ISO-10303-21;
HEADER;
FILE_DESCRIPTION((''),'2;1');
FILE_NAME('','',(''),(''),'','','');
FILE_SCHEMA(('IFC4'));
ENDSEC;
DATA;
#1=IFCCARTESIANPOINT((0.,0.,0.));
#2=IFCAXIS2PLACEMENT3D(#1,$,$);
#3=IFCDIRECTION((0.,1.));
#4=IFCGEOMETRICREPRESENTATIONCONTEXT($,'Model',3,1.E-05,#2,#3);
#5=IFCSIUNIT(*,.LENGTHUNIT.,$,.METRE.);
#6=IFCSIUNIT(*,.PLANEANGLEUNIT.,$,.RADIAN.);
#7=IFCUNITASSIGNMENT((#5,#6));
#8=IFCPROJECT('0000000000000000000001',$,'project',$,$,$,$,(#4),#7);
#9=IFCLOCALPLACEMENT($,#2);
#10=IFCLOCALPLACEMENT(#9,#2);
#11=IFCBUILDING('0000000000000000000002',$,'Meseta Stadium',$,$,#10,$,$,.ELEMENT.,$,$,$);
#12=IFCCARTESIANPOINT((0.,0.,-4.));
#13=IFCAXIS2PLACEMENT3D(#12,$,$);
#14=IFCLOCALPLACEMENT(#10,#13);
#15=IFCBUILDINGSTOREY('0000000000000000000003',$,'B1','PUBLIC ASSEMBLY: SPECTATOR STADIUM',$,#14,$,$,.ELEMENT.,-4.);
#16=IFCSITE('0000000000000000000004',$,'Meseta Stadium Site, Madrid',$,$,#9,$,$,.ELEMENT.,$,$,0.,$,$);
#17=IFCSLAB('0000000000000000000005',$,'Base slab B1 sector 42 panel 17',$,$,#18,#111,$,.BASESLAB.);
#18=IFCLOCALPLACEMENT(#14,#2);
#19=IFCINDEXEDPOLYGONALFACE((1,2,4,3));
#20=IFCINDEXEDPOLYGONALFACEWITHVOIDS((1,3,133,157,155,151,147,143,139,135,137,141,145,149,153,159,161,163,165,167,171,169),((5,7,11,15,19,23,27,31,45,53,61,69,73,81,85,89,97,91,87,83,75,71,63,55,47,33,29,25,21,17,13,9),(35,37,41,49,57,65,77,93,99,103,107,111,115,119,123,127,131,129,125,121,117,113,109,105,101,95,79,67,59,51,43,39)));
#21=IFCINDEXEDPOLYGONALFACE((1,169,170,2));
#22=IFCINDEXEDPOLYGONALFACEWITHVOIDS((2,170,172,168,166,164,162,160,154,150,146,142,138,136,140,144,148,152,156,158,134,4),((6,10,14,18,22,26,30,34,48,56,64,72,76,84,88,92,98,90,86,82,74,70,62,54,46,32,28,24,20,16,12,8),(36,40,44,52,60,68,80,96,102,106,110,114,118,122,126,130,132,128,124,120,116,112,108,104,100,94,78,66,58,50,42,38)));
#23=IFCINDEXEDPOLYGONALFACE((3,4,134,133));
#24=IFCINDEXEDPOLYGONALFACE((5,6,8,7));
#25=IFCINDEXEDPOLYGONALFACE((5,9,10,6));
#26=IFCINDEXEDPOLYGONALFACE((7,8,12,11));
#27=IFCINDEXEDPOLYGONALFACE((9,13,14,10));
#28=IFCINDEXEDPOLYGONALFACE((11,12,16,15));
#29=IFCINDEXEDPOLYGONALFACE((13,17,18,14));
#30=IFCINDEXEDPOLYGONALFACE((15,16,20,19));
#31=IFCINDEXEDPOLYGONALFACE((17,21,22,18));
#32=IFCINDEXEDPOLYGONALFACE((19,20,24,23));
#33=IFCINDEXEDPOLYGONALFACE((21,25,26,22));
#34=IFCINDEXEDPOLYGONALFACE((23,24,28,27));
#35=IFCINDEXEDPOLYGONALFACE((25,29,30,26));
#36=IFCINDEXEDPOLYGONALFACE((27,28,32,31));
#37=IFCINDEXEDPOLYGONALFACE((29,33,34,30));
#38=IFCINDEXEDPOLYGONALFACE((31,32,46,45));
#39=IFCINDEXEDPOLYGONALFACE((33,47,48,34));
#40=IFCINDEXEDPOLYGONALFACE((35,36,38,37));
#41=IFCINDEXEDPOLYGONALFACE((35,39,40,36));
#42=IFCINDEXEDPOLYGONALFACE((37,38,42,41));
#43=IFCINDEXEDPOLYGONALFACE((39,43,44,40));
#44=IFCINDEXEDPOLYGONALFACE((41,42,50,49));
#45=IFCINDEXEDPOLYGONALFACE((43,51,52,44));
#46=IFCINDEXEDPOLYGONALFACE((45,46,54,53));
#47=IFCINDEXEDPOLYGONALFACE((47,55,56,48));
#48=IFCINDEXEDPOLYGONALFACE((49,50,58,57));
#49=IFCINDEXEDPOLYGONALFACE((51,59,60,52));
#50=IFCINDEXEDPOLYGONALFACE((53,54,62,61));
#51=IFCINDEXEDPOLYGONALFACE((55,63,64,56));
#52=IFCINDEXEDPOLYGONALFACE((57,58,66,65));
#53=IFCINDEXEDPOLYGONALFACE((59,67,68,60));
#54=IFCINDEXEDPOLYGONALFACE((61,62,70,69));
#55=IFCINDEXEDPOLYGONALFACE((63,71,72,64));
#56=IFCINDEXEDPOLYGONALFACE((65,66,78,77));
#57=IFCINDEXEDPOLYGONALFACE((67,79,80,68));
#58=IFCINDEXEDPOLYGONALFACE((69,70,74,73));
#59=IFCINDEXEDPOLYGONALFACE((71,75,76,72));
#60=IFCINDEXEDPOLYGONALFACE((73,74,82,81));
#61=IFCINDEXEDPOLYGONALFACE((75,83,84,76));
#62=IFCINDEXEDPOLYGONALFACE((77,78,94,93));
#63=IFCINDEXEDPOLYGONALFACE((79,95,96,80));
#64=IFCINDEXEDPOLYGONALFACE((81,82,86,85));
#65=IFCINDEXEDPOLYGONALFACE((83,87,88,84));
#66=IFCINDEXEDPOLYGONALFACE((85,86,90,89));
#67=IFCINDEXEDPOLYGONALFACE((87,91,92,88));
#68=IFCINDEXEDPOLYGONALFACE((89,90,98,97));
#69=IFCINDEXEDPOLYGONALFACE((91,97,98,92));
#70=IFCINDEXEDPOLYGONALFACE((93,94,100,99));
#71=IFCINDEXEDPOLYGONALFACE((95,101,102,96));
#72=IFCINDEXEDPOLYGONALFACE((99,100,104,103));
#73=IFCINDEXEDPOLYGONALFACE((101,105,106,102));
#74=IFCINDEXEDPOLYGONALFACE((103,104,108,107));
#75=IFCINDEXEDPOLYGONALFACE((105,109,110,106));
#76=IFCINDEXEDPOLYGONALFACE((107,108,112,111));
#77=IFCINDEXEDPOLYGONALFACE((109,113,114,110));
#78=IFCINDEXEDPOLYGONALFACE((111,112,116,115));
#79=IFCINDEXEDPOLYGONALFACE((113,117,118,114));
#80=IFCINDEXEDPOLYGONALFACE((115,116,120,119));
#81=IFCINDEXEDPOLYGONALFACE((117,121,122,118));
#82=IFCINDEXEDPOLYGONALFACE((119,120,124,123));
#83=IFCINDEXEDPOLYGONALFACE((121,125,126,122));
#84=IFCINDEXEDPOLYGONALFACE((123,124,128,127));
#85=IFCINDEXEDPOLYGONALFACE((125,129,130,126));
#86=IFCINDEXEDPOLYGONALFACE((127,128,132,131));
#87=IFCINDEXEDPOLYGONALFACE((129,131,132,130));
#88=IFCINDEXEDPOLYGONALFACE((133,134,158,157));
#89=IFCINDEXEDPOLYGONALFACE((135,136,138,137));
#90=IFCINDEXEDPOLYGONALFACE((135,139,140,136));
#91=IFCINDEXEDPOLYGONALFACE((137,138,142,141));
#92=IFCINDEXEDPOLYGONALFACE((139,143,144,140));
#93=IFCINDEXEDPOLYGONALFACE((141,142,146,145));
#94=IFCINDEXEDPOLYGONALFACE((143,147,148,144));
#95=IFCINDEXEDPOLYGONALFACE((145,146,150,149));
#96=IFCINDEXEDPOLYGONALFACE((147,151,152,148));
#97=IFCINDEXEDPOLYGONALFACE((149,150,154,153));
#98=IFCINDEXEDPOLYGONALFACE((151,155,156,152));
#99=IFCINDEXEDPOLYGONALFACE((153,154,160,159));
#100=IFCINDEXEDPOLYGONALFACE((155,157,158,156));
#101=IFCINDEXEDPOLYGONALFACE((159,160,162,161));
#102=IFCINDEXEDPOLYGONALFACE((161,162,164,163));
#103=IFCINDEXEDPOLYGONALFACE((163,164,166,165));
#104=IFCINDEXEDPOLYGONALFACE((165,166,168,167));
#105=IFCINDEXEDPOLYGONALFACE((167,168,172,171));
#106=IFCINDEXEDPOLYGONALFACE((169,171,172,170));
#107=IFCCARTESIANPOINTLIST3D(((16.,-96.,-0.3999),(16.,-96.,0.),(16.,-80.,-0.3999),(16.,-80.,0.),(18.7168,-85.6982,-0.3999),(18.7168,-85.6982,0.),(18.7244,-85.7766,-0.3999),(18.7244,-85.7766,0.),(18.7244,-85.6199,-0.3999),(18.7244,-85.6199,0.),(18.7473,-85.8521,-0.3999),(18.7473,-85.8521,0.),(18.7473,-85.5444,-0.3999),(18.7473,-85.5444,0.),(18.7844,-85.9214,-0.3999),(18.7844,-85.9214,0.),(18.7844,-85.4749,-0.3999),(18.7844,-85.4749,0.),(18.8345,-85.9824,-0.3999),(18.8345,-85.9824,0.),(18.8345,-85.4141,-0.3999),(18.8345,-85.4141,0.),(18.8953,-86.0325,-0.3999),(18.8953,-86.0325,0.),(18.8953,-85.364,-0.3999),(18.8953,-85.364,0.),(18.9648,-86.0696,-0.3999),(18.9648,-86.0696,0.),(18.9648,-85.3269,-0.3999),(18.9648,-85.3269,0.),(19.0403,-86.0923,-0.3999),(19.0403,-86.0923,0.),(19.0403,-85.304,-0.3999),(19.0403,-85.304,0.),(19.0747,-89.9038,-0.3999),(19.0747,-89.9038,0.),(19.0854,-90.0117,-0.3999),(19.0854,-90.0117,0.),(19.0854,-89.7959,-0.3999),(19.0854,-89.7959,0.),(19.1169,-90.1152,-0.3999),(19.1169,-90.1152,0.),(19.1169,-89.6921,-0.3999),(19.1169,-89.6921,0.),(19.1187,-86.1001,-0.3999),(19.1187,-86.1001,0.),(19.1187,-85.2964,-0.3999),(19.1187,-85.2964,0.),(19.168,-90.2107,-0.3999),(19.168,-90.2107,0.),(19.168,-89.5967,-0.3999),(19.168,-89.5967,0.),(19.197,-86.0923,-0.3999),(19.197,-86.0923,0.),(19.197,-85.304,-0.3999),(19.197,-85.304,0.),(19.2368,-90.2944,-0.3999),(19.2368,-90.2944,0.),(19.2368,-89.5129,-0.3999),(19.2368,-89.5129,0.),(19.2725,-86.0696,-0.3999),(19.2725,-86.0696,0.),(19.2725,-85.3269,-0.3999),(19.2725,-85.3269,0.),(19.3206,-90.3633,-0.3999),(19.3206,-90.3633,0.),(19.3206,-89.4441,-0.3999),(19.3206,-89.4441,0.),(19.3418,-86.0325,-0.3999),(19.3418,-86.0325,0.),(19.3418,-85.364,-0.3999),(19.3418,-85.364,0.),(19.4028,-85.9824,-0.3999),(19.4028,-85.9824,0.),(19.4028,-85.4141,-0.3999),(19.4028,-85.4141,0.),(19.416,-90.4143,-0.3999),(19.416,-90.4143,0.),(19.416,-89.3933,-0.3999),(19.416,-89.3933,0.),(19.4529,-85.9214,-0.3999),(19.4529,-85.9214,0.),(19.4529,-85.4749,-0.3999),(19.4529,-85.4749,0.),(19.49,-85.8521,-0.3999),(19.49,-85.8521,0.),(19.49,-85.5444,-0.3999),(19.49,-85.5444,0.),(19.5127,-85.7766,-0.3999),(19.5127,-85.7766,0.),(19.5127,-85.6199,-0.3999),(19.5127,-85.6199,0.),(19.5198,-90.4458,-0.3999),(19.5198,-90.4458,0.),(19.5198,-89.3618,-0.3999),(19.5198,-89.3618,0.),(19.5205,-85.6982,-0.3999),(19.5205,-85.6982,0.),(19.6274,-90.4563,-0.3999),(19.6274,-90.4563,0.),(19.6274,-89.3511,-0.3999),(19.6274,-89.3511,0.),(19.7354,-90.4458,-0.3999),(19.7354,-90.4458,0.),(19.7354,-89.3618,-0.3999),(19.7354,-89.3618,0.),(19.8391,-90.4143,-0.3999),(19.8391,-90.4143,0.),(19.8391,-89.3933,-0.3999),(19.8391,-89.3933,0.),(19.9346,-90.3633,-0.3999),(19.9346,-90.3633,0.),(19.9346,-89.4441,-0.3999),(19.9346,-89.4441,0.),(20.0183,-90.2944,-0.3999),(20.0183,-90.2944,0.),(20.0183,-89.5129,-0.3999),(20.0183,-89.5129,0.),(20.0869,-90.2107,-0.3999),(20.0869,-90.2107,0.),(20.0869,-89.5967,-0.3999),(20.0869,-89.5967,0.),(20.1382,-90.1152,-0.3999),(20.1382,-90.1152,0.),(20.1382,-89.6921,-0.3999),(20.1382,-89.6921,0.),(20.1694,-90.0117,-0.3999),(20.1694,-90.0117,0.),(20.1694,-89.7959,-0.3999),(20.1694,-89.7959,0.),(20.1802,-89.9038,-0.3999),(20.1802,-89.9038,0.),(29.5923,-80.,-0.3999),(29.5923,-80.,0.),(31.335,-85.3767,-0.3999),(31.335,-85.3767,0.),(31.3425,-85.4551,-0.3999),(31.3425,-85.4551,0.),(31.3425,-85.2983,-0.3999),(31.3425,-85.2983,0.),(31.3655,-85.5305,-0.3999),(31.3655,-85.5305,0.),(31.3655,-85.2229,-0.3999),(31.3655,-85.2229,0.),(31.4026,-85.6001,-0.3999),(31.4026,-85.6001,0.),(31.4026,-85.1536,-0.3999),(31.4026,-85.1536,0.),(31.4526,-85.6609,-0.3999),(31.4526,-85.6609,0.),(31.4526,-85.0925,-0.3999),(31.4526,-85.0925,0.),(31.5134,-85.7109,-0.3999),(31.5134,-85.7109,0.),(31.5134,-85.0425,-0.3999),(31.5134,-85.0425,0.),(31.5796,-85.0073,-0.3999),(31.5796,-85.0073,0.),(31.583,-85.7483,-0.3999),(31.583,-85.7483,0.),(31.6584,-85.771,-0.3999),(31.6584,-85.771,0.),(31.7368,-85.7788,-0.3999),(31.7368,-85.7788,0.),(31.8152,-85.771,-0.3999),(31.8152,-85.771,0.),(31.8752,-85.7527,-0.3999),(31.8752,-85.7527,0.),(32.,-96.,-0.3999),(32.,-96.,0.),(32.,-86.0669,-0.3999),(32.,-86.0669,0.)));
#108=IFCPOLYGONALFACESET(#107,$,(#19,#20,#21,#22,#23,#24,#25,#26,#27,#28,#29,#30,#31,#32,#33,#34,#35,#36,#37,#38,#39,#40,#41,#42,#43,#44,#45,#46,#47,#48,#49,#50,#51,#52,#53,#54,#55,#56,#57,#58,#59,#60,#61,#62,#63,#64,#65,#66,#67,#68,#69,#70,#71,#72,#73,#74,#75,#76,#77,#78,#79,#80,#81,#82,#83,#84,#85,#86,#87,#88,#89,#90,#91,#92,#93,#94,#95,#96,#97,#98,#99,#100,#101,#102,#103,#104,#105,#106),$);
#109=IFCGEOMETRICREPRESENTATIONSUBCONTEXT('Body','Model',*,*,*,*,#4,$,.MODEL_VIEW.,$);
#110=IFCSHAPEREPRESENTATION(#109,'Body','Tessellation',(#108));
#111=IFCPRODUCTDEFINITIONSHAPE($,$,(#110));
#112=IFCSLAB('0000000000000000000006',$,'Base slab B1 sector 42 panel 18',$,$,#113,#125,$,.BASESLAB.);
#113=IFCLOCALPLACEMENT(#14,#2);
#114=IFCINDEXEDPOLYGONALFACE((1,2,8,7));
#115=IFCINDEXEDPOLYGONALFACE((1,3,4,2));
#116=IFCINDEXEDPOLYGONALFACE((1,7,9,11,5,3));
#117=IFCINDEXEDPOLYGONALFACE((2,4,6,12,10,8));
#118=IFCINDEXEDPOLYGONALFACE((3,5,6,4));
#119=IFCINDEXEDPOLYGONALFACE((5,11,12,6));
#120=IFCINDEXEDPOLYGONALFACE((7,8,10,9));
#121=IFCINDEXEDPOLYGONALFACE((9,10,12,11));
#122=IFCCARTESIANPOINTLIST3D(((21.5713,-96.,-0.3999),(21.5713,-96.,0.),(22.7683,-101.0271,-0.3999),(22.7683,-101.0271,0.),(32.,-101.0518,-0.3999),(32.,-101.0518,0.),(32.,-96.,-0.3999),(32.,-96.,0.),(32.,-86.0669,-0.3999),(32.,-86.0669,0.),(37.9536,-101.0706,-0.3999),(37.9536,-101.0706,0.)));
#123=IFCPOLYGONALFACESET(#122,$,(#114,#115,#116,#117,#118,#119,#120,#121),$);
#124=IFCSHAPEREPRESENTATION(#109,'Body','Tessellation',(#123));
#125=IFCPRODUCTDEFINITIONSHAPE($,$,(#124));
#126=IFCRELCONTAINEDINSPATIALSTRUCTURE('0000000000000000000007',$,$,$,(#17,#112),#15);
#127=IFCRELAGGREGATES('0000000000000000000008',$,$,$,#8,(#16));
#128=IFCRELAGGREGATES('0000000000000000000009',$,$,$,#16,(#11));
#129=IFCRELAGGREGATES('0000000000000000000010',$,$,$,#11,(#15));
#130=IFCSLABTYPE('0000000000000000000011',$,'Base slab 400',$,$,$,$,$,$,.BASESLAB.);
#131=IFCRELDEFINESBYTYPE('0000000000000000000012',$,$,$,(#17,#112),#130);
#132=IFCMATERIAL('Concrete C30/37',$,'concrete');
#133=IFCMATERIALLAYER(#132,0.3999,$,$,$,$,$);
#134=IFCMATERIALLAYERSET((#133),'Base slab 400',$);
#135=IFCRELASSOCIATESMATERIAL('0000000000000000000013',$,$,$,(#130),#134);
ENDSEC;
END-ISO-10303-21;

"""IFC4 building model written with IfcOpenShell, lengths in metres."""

from ifc_helpers import new_model, si_unit, direction, frame, origin, place, context, subcontext, project, spatial, polyline, outline, extrude, material, layer, layer_set, type_object, element, save


model = new_model("IFC4")

# Units and contexts
model_context = context("Model", 3, precision=1e-05, world=origin(), true_north=direction((0.0, 1.0)))
body_context = subcontext(model_context, "Body", "Model", "MODEL_VIEW")
ifc_project = project(units=[si_unit("LENGTHUNIT", "METRE"), si_unit("PLANEANGLEUNIT", "RADIAN")], contexts=[model_context])

# Site, building, storey
site_placement = place(None, origin())
site = spatial("IfcSite", under=ifc_project, at=site_placement, Name="Meseta Stadium Site, Madrid", CompositionType="ELEMENT", RefElevation=0.0)
building_placement = place(site_placement, origin())
building = spatial("IfcBuilding", under=site, at=building_placement, Name="Meseta Stadium", CompositionType="ELEMENT")
storey_placement = place(building_placement, frame((0.0, 0.0, -4.0)))
storey = spatial("IfcBuildingStorey", under=building, at=storey_placement, Name="B1", Description="PUBLIC ASSEMBLY: SPECTATOR STADIUM", CompositionType="ELEMENT", Elevation=-4.0)

# Slabs
ifc_material = material(Name="Concrete C30/37", Category="concrete")
ifc_layer = layer(ifc_material, 0.3999)
ifc_layer_set = layer_set([ifc_layer], Name="Base slab 400")
slab_type = type_object("IfcSlabType", Name="Base slab 400", PredefinedType="BASESLAB", material=ifc_layer_set)
slab_1_placement = place(storey_placement, frame((0.0, 0.0, -0.3999)))
element("IfcSlab", 1, at=slab_1_placement, inside=storey, type_object=slab_type, Name="Base slab B1 sector 42 panel 17", PredefinedType="BASESLAB", context=body_context, shape_type="SweptSolid", body=[
    extrude(outline(polyline([(16.0, -80.0), (16.0, -96.0), (32.0, -96.0), (32.0, -86.0669), (31.8752, -85.7527), (31.8152, -85.771), (31.7368, -85.7788), (31.6584, -85.771), (31.583, -85.7483), (31.5134, -85.7109), (31.4526, -85.6609), (31.4026, -85.6001), (31.3655, -85.5305), (31.3425, -85.4551), (31.335, -85.3767), (31.3425, -85.2983), (31.3655, -85.2229), (31.4026, -85.1536), (31.4526, -85.0925), (31.5134, -85.0425), (31.5796, -85.0073), (29.5923, -80.0), (16.0, -80.0)]), holes=[polyline([(19.7354, -89.3618), (19.8391, -89.3933), (19.9346, -89.4441), (20.0183, -89.5129), (20.0869, -89.5967), (20.1382, -89.6921), (20.1694, -89.7959), (20.1802, -89.9038), (20.1694, -90.0117), (20.1382, -90.1152), (20.0869, -90.2107), (20.0183, -90.2944), (19.9346, -90.3633), (19.8391, -90.4143), (19.7354, -90.4458), (19.6274, -90.4563), (19.5198, -90.4458), (19.416, -90.4143), (19.3206, -90.3633), (19.2368, -90.2944), (19.168, -90.2107), (19.1169, -90.1152), (19.0854, -90.0117), (19.0747, -89.9038), (19.0854, -89.7959), (19.1169, -89.6921), (19.168, -89.5967), (19.2368, -89.5129), (19.3206, -89.4441), (19.416, -89.3933), (19.5198, -89.3618), (19.6274, -89.3511), (19.7354, -89.3618)]), polyline([(18.8953, -85.364), (18.9648, -85.3269), (19.0403, -85.304), (19.1187, -85.2964), (19.197, -85.304), (19.2725, -85.3269), (19.3418, -85.364), (19.4028, -85.4141), (19.4529, -85.4749), (19.49, -85.5444), (19.5127, -85.6199), (19.5205, -85.6982), (19.5127, -85.7766), (19.49, -85.8521), (19.4529, -85.9214), (19.4028, -85.9824), (19.3418, -86.0325), (19.2725, -86.0696), (19.197, -86.0923), (19.1187, -86.1001), (19.0403, -86.0923), (18.9648, -86.0696), (18.8953, -86.0325), (18.8345, -85.9824), (18.7844, -85.9214), (18.7473, -85.8521), (18.7244, -85.7766), (18.7168, -85.6982), (18.7244, -85.6199), (18.7473, -85.5444), (18.7844, -85.4749), (18.8345, -85.4141), (18.8953, -85.364)])]), origin(), (0.0, 0.0, 1.0), 0.3999),
])
slab_2_placement = place(storey_placement, frame((0.0, 0.0, -0.3999)))
element("IfcSlab", 2, at=slab_2_placement, inside=storey, type_object=slab_type, Name="Base slab B1 sector 42 panel 18", PredefinedType="BASESLAB", context=body_context, shape_type="SweptSolid", body=[
    extrude(outline(polyline([(32.0, -101.0518), (37.9536, -101.0706), (32.0, -86.0669), (32.0, -96.0), (21.5713, -96.0), (22.7683, -101.0271), (32.0, -101.0518)])), origin(), (0.0, 0.0, 1.0), 0.3999),
])

save(model, "model.ifc")
